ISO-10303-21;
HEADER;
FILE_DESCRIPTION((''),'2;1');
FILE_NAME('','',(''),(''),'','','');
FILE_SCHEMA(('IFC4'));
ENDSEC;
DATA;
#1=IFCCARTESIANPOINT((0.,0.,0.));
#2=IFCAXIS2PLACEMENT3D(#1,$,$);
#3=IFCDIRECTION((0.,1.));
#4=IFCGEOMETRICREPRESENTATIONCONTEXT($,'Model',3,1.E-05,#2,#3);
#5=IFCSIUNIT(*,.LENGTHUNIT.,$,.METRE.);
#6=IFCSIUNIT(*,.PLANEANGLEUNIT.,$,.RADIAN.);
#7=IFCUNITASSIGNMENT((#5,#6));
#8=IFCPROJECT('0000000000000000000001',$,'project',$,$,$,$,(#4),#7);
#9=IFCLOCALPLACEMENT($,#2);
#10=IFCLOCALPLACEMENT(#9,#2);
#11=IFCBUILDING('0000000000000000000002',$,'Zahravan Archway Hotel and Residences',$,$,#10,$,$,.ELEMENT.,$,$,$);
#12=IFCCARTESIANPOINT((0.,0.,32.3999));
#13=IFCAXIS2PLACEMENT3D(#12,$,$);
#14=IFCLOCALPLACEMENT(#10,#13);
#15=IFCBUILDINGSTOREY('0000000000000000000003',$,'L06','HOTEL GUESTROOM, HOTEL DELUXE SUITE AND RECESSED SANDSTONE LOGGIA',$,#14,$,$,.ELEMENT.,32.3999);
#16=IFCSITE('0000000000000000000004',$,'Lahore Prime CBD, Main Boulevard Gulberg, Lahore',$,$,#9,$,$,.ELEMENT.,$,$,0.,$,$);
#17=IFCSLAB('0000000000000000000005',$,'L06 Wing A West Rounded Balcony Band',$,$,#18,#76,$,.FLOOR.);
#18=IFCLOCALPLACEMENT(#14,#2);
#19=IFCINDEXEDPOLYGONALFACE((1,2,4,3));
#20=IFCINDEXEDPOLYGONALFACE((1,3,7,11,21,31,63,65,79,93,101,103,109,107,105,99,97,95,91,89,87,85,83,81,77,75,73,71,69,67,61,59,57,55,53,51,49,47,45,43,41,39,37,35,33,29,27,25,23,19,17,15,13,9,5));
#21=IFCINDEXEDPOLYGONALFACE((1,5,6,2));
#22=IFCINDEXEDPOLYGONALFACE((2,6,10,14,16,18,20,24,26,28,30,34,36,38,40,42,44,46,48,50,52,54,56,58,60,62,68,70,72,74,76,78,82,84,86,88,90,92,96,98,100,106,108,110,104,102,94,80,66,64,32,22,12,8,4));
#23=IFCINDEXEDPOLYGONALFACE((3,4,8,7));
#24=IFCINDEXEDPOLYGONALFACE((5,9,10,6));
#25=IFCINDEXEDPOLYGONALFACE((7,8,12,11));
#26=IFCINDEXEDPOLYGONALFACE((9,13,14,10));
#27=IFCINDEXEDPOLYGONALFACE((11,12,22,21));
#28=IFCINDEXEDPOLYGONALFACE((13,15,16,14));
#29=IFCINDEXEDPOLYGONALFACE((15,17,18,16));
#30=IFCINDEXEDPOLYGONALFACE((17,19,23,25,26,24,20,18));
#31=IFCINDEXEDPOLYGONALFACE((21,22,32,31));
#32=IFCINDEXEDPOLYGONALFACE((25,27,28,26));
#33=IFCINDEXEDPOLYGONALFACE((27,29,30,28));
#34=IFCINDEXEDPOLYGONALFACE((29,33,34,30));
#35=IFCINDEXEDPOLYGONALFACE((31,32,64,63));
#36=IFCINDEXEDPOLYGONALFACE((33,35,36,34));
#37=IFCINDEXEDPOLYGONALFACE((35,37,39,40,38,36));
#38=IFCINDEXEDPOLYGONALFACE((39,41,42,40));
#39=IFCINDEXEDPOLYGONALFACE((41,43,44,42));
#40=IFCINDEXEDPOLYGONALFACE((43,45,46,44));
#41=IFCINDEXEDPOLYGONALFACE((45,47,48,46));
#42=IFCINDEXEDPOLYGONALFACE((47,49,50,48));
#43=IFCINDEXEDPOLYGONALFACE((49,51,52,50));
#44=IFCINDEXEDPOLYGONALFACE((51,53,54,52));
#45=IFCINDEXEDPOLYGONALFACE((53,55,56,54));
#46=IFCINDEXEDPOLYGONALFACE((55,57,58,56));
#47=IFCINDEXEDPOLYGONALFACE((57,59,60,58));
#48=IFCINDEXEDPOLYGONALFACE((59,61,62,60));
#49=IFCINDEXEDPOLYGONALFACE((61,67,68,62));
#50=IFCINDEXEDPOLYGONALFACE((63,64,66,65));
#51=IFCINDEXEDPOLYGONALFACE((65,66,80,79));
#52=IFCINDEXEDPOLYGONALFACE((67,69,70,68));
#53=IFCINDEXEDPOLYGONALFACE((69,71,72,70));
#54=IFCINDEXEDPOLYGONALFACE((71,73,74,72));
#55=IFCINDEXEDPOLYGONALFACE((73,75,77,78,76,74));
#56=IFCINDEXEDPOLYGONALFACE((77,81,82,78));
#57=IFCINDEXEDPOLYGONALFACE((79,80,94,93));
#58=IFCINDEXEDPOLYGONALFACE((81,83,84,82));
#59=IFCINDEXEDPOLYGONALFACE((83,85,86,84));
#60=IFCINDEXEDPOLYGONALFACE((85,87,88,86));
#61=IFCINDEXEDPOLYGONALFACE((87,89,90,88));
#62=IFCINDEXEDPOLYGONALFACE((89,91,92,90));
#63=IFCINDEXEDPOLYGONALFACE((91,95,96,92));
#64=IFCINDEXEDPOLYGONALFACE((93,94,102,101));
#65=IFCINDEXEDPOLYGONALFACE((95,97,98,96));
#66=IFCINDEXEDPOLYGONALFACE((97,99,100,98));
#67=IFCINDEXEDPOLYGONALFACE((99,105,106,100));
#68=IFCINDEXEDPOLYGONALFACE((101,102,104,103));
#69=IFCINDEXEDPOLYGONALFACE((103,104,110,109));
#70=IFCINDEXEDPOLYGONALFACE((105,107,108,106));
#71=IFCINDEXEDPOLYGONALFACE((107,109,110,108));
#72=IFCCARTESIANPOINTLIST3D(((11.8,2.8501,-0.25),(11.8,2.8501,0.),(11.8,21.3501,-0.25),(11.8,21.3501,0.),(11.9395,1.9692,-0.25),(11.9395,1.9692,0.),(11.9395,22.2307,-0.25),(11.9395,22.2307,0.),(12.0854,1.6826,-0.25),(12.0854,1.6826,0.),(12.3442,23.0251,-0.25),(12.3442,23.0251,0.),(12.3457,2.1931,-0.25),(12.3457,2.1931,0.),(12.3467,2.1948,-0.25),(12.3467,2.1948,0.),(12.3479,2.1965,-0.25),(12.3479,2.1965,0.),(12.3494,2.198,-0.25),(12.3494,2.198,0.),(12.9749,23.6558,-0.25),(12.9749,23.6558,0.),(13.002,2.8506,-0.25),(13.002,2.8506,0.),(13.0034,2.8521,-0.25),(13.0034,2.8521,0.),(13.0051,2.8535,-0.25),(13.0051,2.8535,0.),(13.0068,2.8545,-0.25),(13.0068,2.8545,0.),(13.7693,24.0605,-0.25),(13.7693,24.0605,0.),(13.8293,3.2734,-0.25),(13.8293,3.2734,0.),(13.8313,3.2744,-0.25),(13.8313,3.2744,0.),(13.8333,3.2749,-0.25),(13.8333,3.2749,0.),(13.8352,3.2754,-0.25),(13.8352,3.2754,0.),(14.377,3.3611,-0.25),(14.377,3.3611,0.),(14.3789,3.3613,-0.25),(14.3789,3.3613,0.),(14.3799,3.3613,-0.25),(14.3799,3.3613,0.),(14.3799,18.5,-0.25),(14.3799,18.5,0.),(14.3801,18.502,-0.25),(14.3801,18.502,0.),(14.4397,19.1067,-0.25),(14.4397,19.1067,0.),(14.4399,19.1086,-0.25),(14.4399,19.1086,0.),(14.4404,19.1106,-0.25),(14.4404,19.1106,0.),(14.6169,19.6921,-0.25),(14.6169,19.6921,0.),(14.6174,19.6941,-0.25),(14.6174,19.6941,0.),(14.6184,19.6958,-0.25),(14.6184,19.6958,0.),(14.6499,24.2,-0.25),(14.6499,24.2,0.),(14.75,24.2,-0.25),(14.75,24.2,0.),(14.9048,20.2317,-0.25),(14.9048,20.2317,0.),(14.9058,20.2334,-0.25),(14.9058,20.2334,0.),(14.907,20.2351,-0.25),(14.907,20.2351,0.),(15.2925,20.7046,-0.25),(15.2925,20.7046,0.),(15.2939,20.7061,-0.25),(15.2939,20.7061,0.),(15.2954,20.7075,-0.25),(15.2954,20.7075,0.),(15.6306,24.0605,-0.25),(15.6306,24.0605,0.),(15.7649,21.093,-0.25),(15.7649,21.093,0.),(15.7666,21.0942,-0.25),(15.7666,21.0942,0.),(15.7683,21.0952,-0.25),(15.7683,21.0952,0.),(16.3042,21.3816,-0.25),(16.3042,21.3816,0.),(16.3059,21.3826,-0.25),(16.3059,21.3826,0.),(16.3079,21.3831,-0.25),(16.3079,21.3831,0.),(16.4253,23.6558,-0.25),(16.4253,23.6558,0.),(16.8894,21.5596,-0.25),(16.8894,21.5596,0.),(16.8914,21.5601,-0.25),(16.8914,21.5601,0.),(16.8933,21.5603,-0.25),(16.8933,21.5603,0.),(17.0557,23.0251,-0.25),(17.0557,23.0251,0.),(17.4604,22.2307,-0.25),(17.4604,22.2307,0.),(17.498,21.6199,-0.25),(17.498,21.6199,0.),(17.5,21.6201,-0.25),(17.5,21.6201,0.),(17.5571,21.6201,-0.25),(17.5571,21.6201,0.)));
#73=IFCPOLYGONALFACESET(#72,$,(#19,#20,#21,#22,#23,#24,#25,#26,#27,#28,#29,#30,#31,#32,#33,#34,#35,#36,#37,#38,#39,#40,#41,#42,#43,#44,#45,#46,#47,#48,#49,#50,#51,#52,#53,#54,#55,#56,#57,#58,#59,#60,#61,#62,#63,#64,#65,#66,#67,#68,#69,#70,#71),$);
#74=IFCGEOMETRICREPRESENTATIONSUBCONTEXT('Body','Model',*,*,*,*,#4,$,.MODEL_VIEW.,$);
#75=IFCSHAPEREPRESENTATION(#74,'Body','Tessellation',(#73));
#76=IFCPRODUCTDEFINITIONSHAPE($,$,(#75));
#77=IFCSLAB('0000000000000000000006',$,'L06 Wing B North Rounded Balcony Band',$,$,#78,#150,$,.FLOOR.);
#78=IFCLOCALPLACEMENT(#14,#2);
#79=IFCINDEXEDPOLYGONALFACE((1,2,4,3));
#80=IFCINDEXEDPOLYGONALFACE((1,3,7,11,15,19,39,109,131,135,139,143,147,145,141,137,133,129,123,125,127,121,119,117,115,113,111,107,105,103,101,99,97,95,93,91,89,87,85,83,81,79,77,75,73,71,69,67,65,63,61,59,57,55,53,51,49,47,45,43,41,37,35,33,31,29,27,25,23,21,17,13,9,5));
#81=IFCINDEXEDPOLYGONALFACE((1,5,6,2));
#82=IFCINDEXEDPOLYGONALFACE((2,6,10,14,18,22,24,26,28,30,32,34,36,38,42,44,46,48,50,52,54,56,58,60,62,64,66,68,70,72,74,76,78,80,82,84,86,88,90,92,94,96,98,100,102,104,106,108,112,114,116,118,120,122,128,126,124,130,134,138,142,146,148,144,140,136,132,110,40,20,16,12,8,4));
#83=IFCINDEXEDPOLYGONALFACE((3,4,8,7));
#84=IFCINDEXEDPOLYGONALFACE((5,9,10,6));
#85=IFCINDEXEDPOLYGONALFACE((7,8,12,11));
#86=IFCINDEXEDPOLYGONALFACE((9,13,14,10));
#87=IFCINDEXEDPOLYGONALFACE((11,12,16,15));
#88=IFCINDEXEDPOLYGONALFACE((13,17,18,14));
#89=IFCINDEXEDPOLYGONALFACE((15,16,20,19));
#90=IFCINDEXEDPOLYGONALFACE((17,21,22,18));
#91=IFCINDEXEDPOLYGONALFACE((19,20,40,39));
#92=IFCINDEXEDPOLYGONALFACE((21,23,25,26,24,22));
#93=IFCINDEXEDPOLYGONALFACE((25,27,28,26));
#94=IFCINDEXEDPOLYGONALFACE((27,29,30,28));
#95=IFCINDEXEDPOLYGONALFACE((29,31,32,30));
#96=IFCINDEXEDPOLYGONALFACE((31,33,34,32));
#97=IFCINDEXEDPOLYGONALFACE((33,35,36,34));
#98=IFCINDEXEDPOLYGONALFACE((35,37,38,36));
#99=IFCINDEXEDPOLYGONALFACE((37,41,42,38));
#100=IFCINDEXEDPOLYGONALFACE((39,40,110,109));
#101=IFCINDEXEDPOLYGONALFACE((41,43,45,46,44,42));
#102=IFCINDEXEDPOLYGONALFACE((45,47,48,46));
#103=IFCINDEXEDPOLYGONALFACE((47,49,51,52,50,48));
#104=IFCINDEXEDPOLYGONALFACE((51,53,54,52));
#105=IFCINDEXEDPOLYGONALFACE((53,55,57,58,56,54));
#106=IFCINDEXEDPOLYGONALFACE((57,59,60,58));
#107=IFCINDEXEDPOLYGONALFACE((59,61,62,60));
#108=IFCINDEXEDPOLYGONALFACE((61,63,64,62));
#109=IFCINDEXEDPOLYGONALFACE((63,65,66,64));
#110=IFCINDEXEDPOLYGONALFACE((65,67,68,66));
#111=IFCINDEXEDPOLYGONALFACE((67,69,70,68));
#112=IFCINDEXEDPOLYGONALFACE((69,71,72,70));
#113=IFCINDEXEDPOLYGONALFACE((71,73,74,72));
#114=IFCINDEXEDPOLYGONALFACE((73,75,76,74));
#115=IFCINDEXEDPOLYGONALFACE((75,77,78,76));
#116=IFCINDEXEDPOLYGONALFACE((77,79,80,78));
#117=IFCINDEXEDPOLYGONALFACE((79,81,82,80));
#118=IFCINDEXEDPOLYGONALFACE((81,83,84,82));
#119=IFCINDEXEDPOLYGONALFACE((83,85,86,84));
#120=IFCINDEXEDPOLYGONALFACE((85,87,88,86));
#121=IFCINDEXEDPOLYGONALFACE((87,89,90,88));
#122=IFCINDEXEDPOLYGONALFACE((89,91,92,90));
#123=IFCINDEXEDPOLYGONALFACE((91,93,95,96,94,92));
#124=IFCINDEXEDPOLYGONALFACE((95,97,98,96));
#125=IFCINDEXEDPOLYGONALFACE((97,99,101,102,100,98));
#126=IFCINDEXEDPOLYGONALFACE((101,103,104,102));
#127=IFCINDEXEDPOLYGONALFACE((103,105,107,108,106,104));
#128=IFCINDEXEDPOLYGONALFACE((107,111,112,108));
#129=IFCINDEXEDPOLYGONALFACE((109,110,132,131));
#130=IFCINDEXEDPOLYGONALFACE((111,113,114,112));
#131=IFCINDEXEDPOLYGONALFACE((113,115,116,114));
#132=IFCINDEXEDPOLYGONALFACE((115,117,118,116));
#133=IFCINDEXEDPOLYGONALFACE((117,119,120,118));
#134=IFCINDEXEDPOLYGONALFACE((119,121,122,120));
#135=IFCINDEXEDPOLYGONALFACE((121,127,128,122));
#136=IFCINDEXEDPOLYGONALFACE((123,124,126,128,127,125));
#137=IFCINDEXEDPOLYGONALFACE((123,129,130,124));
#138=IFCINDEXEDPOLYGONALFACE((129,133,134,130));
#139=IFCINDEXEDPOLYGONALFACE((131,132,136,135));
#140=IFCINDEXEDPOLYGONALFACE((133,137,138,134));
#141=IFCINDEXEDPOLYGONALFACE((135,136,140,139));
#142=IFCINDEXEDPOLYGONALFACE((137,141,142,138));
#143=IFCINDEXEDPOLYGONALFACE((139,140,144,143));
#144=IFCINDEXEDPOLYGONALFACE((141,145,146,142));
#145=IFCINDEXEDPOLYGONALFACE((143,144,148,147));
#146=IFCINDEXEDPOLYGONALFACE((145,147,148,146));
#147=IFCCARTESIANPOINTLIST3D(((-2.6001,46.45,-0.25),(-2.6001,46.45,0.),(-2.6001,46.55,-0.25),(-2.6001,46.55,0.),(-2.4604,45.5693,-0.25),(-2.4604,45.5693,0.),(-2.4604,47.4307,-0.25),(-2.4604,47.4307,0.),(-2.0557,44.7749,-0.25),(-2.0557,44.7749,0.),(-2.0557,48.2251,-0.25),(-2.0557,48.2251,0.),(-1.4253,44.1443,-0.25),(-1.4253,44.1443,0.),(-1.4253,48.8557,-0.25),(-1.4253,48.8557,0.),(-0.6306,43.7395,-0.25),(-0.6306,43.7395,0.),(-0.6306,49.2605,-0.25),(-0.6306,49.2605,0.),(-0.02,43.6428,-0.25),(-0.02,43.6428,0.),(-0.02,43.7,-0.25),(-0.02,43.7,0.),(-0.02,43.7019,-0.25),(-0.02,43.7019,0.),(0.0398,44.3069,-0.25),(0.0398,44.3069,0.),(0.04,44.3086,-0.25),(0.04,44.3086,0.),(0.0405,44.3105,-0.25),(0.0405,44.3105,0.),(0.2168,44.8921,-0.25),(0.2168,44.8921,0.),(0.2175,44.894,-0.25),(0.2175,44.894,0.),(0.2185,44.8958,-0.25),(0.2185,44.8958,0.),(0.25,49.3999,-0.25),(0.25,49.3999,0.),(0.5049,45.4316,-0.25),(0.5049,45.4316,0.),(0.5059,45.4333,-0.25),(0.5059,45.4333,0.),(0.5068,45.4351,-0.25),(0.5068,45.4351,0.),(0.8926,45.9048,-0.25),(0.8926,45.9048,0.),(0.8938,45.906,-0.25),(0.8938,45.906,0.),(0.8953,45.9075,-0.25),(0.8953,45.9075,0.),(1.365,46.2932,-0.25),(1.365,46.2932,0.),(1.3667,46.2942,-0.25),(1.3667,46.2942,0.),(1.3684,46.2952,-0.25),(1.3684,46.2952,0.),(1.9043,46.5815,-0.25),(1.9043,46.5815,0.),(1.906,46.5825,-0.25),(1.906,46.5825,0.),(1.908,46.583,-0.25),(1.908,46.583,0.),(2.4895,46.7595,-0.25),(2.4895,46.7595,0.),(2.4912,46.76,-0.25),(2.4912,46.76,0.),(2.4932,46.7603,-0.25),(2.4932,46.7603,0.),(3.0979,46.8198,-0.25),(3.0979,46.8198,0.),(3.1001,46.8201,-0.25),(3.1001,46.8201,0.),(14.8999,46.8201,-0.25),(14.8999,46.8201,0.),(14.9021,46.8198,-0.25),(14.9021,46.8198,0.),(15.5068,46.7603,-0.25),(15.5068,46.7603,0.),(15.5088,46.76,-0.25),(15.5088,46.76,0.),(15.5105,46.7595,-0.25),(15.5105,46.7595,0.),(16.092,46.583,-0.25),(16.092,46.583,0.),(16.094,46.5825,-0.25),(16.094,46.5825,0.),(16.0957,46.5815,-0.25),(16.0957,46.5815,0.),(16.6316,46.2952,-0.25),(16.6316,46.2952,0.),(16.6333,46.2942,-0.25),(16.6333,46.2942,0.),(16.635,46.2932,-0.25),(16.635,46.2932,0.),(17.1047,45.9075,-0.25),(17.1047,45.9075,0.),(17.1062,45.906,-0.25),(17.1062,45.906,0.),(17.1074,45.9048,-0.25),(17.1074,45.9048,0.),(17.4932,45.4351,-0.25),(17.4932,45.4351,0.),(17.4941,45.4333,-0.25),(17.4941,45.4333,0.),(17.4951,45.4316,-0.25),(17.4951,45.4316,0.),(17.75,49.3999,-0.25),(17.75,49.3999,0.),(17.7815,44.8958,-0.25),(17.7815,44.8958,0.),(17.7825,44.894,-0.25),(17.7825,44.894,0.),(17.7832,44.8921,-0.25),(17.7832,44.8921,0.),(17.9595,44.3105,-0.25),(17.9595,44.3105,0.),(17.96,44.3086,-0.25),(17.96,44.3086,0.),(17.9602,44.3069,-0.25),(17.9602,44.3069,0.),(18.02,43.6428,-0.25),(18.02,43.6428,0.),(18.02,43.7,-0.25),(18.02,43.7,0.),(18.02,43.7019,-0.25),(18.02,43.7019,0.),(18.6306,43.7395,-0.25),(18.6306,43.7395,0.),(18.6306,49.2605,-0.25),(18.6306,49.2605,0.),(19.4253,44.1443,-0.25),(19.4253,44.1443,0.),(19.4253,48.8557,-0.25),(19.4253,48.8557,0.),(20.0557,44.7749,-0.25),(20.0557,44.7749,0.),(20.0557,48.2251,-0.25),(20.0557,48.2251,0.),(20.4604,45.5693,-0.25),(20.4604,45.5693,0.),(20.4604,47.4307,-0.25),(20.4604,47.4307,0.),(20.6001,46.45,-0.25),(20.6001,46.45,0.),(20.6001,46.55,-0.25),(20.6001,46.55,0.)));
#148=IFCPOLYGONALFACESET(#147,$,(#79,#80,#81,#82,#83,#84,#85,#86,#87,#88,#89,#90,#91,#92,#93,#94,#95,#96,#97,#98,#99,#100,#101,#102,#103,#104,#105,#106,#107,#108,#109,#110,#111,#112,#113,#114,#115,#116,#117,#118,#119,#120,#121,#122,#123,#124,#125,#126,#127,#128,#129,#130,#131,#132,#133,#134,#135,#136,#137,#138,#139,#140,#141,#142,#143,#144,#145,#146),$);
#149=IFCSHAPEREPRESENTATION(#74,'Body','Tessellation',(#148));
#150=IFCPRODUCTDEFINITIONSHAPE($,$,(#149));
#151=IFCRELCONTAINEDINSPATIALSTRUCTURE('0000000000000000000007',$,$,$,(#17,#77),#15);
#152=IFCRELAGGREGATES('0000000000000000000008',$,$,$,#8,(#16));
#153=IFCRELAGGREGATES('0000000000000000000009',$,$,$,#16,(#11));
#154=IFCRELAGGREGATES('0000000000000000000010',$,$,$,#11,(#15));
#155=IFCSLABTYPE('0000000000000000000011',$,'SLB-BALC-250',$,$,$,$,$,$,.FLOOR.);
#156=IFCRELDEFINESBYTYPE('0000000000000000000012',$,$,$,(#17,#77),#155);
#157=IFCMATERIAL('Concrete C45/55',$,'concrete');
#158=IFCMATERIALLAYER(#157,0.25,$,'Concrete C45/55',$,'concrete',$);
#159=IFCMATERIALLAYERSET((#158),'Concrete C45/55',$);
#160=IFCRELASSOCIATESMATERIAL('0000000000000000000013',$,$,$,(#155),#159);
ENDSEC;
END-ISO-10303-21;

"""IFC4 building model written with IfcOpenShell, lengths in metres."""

from ifc_helpers import new_model, si_unit, direction, frame, origin, place, context, subcontext, project, spatial, polyline, outline, extrude, material, layer, layer_set, type_object, element, save


model = new_model("IFC4")

# Units and contexts
model_context = context("Model", 3, precision=1e-05, world=origin(), true_north=direction((0.0, 1.0)))
body_context = subcontext(model_context, "Body", "Model", "MODEL_VIEW")
ifc_project = project(units=[si_unit("LENGTHUNIT", "METRE"), si_unit("PLANEANGLEUNIT", "RADIAN")], contexts=[model_context])

# Site, building, storey
site_placement = place(None, origin())
site = spatial("IfcSite", under=ifc_project, at=site_placement, Name="Lahore Prime CBD, Main Boulevard Gulberg, Lahore", CompositionType="ELEMENT", RefElevation=0.0)
building_placement = place(site_placement, origin())
building = spatial("IfcBuilding", under=site, at=building_placement, Name="Zahravan Archway Hotel and Residences", CompositionType="ELEMENT")
storey_placement = place(building_placement, frame((0.0, 0.0, 32.3999)))
storey = spatial("IfcBuildingStorey", under=building, at=storey_placement, Name="L06", Description="HOTEL GUESTROOM, HOTEL DELUXE SUITE AND RECESSED SANDSTONE LOGGIA", CompositionType="ELEMENT", Elevation=32.3999)

# Slabs
ifc_material_1 = material(Name="Concrete C45/55", Category="concrete")
ifc_layer_1 = layer(ifc_material_1, 0.25, Name="Concrete C45/55", Category="concrete")
ifc_layer_set_1 = layer_set([ifc_layer_1], Name="Concrete C45/55")
slab_type_1 = type_object("IfcSlabType", Name="SLB-BALC-250", PredefinedType="FLOOR", material=ifc_layer_set_1)
slab_1_placement = place(storey_placement, frame((0.0, 0.0, -0.25)))
element("IfcSlab", 1, at=slab_1_placement, inside=storey, type_object=slab_type_1, Name="L06 Wing A West Rounded Balcony Band", PredefinedType="FLOOR", context=body_context, shape_type="SweptSolid", body=[
    extrude(outline(polyline([(11.9395, 1.9692), (11.8, 2.8501), (11.8, 21.3501), (11.9395, 22.2307), (12.3442, 23.0251), (12.9749, 23.6558), (13.7693, 24.0605), (14.6499, 24.2), (14.75, 24.2), (15.6306, 24.0605), (16.4253, 23.6558), (17.0557, 23.0251), (17.4604, 22.2307), (17.5571, 21.6201), (17.5, 21.6201), (17.498, 21.6199), (16.8933, 21.5603), (16.8914, 21.5601), (16.8894, 21.5596), (16.3079, 21.3831), (16.3059, 21.3826), (16.3042, 21.3816), (15.7683, 21.0952), (15.7666, 21.0942), (15.7649, 21.093), (15.2954, 20.7075), (15.2939, 20.7061), (15.2925, 20.7046), (14.907, 20.2351), (14.9058, 20.2334), (14.9048, 20.2317), (14.6184, 19.6958), (14.6174, 19.6941), (14.6169, 19.6921), (14.4404, 19.1106), (14.4399, 19.1086), (14.4397, 19.1067), (14.3801, 18.502), (14.3799, 18.5), (14.3799, 3.3613), (14.3789, 3.3613), (14.377, 3.3611), (13.8352, 3.2754), (13.8333, 3.2749), (13.8313, 3.2744), (13.8293, 3.2734), (13.0068, 2.8545), (13.0051, 2.8535), (13.0034, 2.8521), (13.002, 2.8506), (12.3494, 2.198), (12.3479, 2.1965), (12.3467, 2.1948), (12.3457, 2.1931), (12.0854, 1.6826), (11.9395, 1.9692)])), origin(), (0.0, 0.0, 1.0), 0.25),
])
slab_2_placement = place(storey_placement, frame((0.0, 0.0, -0.25)))
element("IfcSlab", 2, at=slab_2_placement, inside=storey, type_object=slab_type_1, Name="L06 Wing B North Rounded Balcony Band", PredefinedType="FLOOR", context=body_context, shape_type="SweptSolid", body=[
    extrude(outline(polyline([(-0.6306, 43.7395), (-1.4253, 44.1443), (-2.0557, 44.7749), (-2.4604, 45.5693), (-2.6001, 46.45), (-2.6001, 46.55), (-2.4604, 47.4307), (-2.0557, 48.2251), (-1.4253, 48.8557), (-0.6306, 49.2605), (0.25, 49.3999), (17.75, 49.3999), (18.6306, 49.2605), (19.4253, 48.8557), (20.0557, 48.2251), (20.4604, 47.4307), (20.6001, 46.55), (20.6001, 46.45), (20.4604, 45.5693), (20.0557, 44.7749), (19.4253, 44.1443), (18.6306, 43.7395), (18.02, 43.6428), (18.02, 43.7), (18.02, 43.7019), (17.9602, 44.3069), (17.96, 44.3086), (17.9595, 44.3105), (17.7832, 44.8921), (17.7825, 44.894), (17.7815, 44.8958), (17.4951, 45.4316), (17.4941, 45.4333), (17.4932, 45.4351), (17.1074, 45.9048), (17.1062, 45.906), (17.1047, 45.9075), (16.635, 46.2932), (16.6333, 46.2942), (16.6316, 46.2952), (16.0957, 46.5815), (16.094, 46.5825), (16.092, 46.583), (15.5105, 46.7595), (15.5088, 46.76), (15.5068, 46.7603), (14.9021, 46.8198), (14.8999, 46.8201), (3.1001, 46.8201), (3.0979, 46.8198), (2.4932, 46.7603), (2.4912, 46.76), (2.4895, 46.7595), (1.908, 46.583), (1.906, 46.5825), (1.9043, 46.5815), (1.3684, 46.2952), (1.3667, 46.2942), (1.365, 46.2932), (0.8953, 45.9075), (0.8938, 45.906), (0.8926, 45.9048), (0.5068, 45.4351), (0.5059, 45.4333), (0.5049, 45.4316), (0.2185, 44.8958), (0.2175, 44.894), (0.2168, 44.8921), (0.0405, 44.3105), (0.04, 44.3086), (0.0398, 44.3069), (-0.02, 43.7019), (-0.02, 43.7), (-0.02, 43.6428), (-0.6306, 43.7395)])), origin(), (0.0, 0.0, 1.0), 0.25),
])

save(model, "model.ifc")
